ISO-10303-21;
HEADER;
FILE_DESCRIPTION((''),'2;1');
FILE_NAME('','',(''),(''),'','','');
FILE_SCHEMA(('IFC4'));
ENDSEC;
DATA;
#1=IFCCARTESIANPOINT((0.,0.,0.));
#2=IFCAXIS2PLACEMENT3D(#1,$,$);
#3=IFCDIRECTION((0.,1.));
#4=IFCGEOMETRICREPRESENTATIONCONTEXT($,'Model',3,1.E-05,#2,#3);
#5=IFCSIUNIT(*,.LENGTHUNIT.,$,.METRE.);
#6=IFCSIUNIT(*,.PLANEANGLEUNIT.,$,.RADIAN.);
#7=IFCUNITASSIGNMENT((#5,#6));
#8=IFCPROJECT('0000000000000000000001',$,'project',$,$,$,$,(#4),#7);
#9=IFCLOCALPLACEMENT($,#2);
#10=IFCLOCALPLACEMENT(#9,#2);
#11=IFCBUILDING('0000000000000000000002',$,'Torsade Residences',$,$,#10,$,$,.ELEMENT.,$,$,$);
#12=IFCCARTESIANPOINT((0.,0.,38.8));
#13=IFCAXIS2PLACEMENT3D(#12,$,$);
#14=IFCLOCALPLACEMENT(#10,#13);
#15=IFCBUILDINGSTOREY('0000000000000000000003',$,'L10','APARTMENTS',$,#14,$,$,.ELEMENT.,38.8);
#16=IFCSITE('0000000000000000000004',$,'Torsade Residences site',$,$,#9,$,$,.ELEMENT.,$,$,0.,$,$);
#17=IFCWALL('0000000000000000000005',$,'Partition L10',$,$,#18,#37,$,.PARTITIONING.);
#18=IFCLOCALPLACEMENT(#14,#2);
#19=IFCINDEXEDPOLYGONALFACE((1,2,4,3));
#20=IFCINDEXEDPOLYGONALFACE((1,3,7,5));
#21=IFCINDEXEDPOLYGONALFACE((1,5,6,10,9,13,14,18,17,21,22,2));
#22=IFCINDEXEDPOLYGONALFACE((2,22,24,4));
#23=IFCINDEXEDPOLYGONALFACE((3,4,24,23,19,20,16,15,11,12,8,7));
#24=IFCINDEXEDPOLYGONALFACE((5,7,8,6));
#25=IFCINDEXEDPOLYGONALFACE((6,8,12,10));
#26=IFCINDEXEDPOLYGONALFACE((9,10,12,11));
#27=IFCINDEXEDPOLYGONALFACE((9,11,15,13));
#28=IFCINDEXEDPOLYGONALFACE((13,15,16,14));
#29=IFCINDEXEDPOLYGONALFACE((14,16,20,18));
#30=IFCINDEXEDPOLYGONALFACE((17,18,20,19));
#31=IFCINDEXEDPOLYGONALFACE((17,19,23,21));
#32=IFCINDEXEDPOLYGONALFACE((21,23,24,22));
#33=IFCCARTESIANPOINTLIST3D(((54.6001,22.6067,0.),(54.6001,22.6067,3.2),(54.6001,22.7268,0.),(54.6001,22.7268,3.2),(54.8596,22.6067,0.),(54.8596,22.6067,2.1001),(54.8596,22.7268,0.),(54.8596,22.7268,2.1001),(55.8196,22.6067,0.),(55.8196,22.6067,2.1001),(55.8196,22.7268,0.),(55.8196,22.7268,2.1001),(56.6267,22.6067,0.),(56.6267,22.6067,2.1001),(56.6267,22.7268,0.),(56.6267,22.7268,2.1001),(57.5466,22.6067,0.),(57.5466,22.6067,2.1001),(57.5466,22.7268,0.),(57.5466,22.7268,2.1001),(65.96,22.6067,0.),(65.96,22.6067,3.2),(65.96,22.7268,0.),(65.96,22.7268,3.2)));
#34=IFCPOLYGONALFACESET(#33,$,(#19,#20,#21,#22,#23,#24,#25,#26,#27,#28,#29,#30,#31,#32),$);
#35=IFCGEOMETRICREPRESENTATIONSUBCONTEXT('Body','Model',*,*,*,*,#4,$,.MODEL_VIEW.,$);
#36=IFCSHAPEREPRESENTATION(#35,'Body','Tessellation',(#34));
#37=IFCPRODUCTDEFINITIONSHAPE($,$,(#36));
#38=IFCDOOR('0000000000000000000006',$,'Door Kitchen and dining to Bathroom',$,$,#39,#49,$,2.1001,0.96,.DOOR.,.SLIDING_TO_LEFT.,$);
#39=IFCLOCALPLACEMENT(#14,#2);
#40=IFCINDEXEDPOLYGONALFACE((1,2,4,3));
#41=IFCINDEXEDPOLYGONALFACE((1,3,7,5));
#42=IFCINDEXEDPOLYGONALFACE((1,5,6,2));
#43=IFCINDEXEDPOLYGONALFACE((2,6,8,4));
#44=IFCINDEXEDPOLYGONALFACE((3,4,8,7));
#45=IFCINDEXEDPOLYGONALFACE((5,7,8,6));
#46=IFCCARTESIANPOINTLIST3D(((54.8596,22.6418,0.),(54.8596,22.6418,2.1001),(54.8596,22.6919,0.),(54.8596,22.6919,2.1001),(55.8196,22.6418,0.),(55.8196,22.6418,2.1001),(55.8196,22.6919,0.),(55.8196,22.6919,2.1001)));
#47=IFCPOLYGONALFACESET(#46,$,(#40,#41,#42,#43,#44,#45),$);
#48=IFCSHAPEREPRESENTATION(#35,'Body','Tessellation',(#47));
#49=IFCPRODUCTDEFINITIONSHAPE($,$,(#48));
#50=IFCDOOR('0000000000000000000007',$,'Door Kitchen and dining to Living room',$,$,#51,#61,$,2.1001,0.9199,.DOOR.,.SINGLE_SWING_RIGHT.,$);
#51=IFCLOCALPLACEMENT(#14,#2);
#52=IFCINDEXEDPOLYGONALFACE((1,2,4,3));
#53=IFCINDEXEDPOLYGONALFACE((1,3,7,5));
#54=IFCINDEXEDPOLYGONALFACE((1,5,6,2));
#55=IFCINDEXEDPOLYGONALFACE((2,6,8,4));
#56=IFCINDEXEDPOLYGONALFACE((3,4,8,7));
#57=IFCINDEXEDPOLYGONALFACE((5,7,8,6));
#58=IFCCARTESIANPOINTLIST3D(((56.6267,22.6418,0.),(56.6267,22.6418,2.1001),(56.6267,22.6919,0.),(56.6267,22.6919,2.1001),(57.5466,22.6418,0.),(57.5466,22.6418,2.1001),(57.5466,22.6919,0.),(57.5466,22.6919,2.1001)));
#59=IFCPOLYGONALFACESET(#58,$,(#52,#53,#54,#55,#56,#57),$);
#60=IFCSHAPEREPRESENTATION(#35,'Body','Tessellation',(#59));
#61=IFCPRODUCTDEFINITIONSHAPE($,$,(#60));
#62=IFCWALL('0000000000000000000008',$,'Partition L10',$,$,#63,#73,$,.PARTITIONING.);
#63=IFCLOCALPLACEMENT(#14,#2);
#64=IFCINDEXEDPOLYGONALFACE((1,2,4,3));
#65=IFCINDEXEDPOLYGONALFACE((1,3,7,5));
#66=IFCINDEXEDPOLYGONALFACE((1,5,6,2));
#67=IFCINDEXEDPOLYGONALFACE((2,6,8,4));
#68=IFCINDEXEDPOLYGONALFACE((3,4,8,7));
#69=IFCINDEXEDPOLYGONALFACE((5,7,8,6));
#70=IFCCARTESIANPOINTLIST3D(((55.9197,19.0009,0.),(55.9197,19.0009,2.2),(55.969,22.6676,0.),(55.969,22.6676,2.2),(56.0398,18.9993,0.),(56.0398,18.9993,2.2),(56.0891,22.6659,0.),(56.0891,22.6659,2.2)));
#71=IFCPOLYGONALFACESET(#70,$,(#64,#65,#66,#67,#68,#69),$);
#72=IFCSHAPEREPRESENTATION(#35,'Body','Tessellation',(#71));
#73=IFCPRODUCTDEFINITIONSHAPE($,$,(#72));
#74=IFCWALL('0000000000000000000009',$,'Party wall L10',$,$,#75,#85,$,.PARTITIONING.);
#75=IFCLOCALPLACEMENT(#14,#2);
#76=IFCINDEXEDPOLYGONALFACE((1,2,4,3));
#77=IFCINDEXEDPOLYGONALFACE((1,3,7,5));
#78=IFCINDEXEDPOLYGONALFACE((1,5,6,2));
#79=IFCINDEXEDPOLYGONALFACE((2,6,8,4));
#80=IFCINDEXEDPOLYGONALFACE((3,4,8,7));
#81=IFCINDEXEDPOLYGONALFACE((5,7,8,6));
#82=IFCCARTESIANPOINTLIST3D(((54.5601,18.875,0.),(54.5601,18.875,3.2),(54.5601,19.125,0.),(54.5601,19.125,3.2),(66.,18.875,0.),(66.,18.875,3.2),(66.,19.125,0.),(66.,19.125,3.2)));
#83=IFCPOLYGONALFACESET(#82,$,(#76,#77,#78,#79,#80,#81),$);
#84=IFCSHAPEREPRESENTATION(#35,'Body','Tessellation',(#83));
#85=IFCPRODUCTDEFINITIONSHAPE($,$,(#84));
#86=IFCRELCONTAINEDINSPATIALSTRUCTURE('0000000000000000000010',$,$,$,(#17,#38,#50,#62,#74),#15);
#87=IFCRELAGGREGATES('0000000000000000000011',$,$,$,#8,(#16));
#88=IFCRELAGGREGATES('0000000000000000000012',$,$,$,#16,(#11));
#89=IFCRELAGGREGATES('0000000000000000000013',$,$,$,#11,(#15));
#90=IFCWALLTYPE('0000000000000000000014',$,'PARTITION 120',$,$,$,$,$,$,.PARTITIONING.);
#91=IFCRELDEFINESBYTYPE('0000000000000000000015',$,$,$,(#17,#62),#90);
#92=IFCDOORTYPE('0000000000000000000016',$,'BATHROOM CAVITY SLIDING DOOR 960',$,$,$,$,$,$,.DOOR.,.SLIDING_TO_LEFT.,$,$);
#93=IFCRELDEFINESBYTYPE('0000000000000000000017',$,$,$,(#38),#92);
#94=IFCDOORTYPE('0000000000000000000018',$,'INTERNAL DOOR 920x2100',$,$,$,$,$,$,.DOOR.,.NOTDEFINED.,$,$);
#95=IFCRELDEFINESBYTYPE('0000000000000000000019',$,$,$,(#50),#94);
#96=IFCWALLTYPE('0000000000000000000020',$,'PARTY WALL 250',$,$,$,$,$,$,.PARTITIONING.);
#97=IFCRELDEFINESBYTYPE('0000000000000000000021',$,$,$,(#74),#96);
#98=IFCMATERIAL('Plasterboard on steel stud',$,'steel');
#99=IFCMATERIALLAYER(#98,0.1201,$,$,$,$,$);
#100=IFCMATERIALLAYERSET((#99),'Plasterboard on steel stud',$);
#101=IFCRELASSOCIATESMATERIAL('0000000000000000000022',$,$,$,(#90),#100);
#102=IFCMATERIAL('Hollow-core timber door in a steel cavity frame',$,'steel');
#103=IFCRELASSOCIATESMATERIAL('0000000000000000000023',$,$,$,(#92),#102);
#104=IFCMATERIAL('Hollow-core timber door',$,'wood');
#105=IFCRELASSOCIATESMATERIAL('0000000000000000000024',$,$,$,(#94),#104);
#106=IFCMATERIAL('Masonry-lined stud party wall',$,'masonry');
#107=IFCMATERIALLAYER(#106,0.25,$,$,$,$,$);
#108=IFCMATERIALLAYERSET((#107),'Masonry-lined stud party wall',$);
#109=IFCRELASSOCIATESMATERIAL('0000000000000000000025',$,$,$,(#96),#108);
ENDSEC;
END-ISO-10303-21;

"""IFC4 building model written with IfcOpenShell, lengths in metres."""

from ifc_helpers import new_model, si_unit, direction, frame, frame_2d, origin, place, context, subcontext, project, spatial, rectangle, extrude, material, layer, layer_set, type_object, element, fill, save


model = new_model("IFC4")

# Units and contexts
model_context = context("Model", 3, precision=1e-05, world=origin(), true_north=direction((0.0, 1.0)))
body_context = subcontext(model_context, "Body", "Model", "MODEL_VIEW")
ifc_project = project(units=[si_unit("LENGTHUNIT", "METRE"), si_unit("PLANEANGLEUNIT", "RADIAN")], contexts=[model_context])

# Site, building, storey
site_placement = place(None, origin())
site = spatial("IfcSite", under=ifc_project, at=site_placement, Name="Torsade Residences site", CompositionType="ELEMENT", RefElevation=0.0)
building_placement = place(site_placement, origin())
building = spatial("IfcBuilding", under=site, at=building_placement, Name="Torsade Residences", CompositionType="ELEMENT")
storey_placement = place(building_placement, frame((0.0, 0.0, 38.8)))
storey = spatial("IfcBuildingStorey", under=building, at=storey_placement, Name="L10", Description="APARTMENTS", CompositionType="ELEMENT", Elevation=38.8)

# Shared definitions
ifc_material_1 = material(Name="Plasterboard on steel stud", Category="steel")
ifc_layer_1 = layer(ifc_material_1, 0.1201)
ifc_layer_set_1 = layer_set([ifc_layer_1], Name="Plasterboard on steel stud")
wall_type_1 = type_object("IfcWallType", Name="PARTITION 120", PredefinedType="PARTITIONING", material=ifc_layer_set_1)

# Wall, openings, doors
wall_1_placement = place(storey_placement, frame((65.96, 22.6667, 0.0), z_axis=(0.0, 0.0, 1.0), x_axis=(-1.0, 0.0, 0.0)))
wall_1 = element("IfcWall", 1, at=wall_1_placement, inside=storey, type_object=wall_type_1, Name="Partition L10", PredefinedType="PARTITIONING", context=body_context, shape_type="SweptSolid", body=[
    extrude(rectangle(XDim=11.3599, YDim=0.1201, at=frame_2d((5.6799, 0.0))), origin(), (0.0, 0.0, 1.0), 3.2),
])
opening_1_placement = place(wall_1_placement, frame((8.4133, 0.0, 0.0)))
opening_1 = element("IfcOpeningElement", 2, at=opening_1_placement, cuts=wall_1, PredefinedType="OPENING", context=body_context, shape_type="SweptSolid", body=[
    extrude(rectangle(XDim=0.9199, YDim=2.1001, at=frame_2d((0.46, 1.05))), frame((0.0, 0.0701, 0.0), z_axis=(0.0, -1.0, 0.0), x_axis=(1.0, 0.0, 0.0)), (0.0, 0.0, 1.0), 0.1401),
])
opening_2_placement = place(wall_1_placement, frame((10.1404, 0.0, 0.0)))
opening_2 = element("IfcOpeningElement", 3, at=opening_2_placement, cuts=wall_1, PredefinedType="OPENING", context=body_context, shape_type="SweptSolid", body=[
    extrude(rectangle(XDim=0.96, YDim=2.1001, at=frame_2d((0.48, 1.05))), frame((0.0, 0.0701, 0.0), z_axis=(0.0, -1.0, 0.0), x_axis=(1.0, 0.0, 0.0)), (0.0, 0.0, 1.0), 0.1401),
])
ifc_material_2 = material(Name="Hollow-core timber door in a steel cavity frame", Category="steel")
door_type_1 = type_object("IfcDoorType", Name="BATHROOM CAVITY SLIDING DOOR 960", OperationType="SLIDING_TO_LEFT", PredefinedType="DOOR", material=ifc_material_2)
door_1_placement = place(opening_2_placement, origin())
door_1 = element("IfcDoor", 4, at=door_1_placement, inside=storey, type_object=door_type_1, Name="Door Kitchen and dining to Bathroom", OperationType="SLIDING_TO_LEFT", OverallHeight=2.1001, OverallWidth=0.96, PredefinedType="DOOR", context=body_context, shape_type="SweptSolid", body=[
    extrude(rectangle(XDim=0.96, YDim=2.1001, at=frame_2d((0.48, 1.05))), frame((0.0, 0.0249, 0.0), z_axis=(0.0, -1.0, 0.0), x_axis=(1.0, 0.0, 0.0)), (0.0, 0.0, 1.0), 0.05),
])
fill(opening_2, door_1)
ifc_material_3 = material(Name="Hollow-core timber door", Category="wood")
door_type_2 = type_object("IfcDoorType", Name="INTERNAL DOOR 920x2100", OperationType="NOTDEFINED", PredefinedType="DOOR", material=ifc_material_3)
door_2_placement = place(opening_1_placement, origin())
door_2 = element("IfcDoor", 5, at=door_2_placement, inside=storey, type_object=door_type_2, Name="Door Kitchen and dining to Living room", OperationType="SINGLE_SWING_RIGHT", OverallHeight=2.1001, OverallWidth=0.9199, PredefinedType="DOOR", context=body_context, shape_type="SweptSolid", body=[
    extrude(rectangle(XDim=0.9199, YDim=2.1001, at=frame_2d((0.46, 1.05))), frame((0.0, 0.0249, 0.0), z_axis=(0.0, -1.0, 0.0), x_axis=(1.0, 0.0, 0.0)), (0.0, 0.0, 1.0), 0.05),
])
fill(opening_1, door_2)

# Walls
wall_2_placement = place(storey_placement, frame((56.0291, 22.6667, 0.0), z_axis=(0.0, 0.0, 1.0), x_axis=(-0.013448, -0.99991, 0.0)))
element("IfcWall", 6, at=wall_2_placement, inside=storey, type_object=wall_type_1, Name="Partition L10", PredefinedType="PARTITIONING", context=body_context, shape_type="SweptSolid", body=[
    extrude(rectangle(XDim=3.667, YDim=0.1201, at=frame_2d((1.8335, 0.0))), origin(), (0.0, 0.0, 1.0), 2.2),
])
ifc_material_4 = material(Name="Masonry-lined stud party wall", Category="masonry")
ifc_layer_2 = layer(ifc_material_4, 0.25)
ifc_layer_set_2 = layer_set([ifc_layer_2], Name="Masonry-lined stud party wall")
wall_type_2 = type_object("IfcWallType", Name="PARTY WALL 250", PredefinedType="PARTITIONING", material=ifc_layer_set_2)
wall_3_placement = place(storey_placement, frame((66.0, 19.0, 0.0), z_axis=(0.0, 0.0, 1.0), x_axis=(-1.0, 0.0, 0.0)))
element("IfcWall", 7, at=wall_3_placement, inside=storey, type_object=wall_type_2, Name="Party wall L10", PredefinedType="PARTITIONING", context=body_context, shape_type="SweptSolid", body=[
    extrude(rectangle(XDim=11.4399, YDim=0.25, at=frame_2d((5.72, 0.0))), origin(), (0.0, 0.0, 1.0), 3.2),
])

save(model, "model.ifc")
